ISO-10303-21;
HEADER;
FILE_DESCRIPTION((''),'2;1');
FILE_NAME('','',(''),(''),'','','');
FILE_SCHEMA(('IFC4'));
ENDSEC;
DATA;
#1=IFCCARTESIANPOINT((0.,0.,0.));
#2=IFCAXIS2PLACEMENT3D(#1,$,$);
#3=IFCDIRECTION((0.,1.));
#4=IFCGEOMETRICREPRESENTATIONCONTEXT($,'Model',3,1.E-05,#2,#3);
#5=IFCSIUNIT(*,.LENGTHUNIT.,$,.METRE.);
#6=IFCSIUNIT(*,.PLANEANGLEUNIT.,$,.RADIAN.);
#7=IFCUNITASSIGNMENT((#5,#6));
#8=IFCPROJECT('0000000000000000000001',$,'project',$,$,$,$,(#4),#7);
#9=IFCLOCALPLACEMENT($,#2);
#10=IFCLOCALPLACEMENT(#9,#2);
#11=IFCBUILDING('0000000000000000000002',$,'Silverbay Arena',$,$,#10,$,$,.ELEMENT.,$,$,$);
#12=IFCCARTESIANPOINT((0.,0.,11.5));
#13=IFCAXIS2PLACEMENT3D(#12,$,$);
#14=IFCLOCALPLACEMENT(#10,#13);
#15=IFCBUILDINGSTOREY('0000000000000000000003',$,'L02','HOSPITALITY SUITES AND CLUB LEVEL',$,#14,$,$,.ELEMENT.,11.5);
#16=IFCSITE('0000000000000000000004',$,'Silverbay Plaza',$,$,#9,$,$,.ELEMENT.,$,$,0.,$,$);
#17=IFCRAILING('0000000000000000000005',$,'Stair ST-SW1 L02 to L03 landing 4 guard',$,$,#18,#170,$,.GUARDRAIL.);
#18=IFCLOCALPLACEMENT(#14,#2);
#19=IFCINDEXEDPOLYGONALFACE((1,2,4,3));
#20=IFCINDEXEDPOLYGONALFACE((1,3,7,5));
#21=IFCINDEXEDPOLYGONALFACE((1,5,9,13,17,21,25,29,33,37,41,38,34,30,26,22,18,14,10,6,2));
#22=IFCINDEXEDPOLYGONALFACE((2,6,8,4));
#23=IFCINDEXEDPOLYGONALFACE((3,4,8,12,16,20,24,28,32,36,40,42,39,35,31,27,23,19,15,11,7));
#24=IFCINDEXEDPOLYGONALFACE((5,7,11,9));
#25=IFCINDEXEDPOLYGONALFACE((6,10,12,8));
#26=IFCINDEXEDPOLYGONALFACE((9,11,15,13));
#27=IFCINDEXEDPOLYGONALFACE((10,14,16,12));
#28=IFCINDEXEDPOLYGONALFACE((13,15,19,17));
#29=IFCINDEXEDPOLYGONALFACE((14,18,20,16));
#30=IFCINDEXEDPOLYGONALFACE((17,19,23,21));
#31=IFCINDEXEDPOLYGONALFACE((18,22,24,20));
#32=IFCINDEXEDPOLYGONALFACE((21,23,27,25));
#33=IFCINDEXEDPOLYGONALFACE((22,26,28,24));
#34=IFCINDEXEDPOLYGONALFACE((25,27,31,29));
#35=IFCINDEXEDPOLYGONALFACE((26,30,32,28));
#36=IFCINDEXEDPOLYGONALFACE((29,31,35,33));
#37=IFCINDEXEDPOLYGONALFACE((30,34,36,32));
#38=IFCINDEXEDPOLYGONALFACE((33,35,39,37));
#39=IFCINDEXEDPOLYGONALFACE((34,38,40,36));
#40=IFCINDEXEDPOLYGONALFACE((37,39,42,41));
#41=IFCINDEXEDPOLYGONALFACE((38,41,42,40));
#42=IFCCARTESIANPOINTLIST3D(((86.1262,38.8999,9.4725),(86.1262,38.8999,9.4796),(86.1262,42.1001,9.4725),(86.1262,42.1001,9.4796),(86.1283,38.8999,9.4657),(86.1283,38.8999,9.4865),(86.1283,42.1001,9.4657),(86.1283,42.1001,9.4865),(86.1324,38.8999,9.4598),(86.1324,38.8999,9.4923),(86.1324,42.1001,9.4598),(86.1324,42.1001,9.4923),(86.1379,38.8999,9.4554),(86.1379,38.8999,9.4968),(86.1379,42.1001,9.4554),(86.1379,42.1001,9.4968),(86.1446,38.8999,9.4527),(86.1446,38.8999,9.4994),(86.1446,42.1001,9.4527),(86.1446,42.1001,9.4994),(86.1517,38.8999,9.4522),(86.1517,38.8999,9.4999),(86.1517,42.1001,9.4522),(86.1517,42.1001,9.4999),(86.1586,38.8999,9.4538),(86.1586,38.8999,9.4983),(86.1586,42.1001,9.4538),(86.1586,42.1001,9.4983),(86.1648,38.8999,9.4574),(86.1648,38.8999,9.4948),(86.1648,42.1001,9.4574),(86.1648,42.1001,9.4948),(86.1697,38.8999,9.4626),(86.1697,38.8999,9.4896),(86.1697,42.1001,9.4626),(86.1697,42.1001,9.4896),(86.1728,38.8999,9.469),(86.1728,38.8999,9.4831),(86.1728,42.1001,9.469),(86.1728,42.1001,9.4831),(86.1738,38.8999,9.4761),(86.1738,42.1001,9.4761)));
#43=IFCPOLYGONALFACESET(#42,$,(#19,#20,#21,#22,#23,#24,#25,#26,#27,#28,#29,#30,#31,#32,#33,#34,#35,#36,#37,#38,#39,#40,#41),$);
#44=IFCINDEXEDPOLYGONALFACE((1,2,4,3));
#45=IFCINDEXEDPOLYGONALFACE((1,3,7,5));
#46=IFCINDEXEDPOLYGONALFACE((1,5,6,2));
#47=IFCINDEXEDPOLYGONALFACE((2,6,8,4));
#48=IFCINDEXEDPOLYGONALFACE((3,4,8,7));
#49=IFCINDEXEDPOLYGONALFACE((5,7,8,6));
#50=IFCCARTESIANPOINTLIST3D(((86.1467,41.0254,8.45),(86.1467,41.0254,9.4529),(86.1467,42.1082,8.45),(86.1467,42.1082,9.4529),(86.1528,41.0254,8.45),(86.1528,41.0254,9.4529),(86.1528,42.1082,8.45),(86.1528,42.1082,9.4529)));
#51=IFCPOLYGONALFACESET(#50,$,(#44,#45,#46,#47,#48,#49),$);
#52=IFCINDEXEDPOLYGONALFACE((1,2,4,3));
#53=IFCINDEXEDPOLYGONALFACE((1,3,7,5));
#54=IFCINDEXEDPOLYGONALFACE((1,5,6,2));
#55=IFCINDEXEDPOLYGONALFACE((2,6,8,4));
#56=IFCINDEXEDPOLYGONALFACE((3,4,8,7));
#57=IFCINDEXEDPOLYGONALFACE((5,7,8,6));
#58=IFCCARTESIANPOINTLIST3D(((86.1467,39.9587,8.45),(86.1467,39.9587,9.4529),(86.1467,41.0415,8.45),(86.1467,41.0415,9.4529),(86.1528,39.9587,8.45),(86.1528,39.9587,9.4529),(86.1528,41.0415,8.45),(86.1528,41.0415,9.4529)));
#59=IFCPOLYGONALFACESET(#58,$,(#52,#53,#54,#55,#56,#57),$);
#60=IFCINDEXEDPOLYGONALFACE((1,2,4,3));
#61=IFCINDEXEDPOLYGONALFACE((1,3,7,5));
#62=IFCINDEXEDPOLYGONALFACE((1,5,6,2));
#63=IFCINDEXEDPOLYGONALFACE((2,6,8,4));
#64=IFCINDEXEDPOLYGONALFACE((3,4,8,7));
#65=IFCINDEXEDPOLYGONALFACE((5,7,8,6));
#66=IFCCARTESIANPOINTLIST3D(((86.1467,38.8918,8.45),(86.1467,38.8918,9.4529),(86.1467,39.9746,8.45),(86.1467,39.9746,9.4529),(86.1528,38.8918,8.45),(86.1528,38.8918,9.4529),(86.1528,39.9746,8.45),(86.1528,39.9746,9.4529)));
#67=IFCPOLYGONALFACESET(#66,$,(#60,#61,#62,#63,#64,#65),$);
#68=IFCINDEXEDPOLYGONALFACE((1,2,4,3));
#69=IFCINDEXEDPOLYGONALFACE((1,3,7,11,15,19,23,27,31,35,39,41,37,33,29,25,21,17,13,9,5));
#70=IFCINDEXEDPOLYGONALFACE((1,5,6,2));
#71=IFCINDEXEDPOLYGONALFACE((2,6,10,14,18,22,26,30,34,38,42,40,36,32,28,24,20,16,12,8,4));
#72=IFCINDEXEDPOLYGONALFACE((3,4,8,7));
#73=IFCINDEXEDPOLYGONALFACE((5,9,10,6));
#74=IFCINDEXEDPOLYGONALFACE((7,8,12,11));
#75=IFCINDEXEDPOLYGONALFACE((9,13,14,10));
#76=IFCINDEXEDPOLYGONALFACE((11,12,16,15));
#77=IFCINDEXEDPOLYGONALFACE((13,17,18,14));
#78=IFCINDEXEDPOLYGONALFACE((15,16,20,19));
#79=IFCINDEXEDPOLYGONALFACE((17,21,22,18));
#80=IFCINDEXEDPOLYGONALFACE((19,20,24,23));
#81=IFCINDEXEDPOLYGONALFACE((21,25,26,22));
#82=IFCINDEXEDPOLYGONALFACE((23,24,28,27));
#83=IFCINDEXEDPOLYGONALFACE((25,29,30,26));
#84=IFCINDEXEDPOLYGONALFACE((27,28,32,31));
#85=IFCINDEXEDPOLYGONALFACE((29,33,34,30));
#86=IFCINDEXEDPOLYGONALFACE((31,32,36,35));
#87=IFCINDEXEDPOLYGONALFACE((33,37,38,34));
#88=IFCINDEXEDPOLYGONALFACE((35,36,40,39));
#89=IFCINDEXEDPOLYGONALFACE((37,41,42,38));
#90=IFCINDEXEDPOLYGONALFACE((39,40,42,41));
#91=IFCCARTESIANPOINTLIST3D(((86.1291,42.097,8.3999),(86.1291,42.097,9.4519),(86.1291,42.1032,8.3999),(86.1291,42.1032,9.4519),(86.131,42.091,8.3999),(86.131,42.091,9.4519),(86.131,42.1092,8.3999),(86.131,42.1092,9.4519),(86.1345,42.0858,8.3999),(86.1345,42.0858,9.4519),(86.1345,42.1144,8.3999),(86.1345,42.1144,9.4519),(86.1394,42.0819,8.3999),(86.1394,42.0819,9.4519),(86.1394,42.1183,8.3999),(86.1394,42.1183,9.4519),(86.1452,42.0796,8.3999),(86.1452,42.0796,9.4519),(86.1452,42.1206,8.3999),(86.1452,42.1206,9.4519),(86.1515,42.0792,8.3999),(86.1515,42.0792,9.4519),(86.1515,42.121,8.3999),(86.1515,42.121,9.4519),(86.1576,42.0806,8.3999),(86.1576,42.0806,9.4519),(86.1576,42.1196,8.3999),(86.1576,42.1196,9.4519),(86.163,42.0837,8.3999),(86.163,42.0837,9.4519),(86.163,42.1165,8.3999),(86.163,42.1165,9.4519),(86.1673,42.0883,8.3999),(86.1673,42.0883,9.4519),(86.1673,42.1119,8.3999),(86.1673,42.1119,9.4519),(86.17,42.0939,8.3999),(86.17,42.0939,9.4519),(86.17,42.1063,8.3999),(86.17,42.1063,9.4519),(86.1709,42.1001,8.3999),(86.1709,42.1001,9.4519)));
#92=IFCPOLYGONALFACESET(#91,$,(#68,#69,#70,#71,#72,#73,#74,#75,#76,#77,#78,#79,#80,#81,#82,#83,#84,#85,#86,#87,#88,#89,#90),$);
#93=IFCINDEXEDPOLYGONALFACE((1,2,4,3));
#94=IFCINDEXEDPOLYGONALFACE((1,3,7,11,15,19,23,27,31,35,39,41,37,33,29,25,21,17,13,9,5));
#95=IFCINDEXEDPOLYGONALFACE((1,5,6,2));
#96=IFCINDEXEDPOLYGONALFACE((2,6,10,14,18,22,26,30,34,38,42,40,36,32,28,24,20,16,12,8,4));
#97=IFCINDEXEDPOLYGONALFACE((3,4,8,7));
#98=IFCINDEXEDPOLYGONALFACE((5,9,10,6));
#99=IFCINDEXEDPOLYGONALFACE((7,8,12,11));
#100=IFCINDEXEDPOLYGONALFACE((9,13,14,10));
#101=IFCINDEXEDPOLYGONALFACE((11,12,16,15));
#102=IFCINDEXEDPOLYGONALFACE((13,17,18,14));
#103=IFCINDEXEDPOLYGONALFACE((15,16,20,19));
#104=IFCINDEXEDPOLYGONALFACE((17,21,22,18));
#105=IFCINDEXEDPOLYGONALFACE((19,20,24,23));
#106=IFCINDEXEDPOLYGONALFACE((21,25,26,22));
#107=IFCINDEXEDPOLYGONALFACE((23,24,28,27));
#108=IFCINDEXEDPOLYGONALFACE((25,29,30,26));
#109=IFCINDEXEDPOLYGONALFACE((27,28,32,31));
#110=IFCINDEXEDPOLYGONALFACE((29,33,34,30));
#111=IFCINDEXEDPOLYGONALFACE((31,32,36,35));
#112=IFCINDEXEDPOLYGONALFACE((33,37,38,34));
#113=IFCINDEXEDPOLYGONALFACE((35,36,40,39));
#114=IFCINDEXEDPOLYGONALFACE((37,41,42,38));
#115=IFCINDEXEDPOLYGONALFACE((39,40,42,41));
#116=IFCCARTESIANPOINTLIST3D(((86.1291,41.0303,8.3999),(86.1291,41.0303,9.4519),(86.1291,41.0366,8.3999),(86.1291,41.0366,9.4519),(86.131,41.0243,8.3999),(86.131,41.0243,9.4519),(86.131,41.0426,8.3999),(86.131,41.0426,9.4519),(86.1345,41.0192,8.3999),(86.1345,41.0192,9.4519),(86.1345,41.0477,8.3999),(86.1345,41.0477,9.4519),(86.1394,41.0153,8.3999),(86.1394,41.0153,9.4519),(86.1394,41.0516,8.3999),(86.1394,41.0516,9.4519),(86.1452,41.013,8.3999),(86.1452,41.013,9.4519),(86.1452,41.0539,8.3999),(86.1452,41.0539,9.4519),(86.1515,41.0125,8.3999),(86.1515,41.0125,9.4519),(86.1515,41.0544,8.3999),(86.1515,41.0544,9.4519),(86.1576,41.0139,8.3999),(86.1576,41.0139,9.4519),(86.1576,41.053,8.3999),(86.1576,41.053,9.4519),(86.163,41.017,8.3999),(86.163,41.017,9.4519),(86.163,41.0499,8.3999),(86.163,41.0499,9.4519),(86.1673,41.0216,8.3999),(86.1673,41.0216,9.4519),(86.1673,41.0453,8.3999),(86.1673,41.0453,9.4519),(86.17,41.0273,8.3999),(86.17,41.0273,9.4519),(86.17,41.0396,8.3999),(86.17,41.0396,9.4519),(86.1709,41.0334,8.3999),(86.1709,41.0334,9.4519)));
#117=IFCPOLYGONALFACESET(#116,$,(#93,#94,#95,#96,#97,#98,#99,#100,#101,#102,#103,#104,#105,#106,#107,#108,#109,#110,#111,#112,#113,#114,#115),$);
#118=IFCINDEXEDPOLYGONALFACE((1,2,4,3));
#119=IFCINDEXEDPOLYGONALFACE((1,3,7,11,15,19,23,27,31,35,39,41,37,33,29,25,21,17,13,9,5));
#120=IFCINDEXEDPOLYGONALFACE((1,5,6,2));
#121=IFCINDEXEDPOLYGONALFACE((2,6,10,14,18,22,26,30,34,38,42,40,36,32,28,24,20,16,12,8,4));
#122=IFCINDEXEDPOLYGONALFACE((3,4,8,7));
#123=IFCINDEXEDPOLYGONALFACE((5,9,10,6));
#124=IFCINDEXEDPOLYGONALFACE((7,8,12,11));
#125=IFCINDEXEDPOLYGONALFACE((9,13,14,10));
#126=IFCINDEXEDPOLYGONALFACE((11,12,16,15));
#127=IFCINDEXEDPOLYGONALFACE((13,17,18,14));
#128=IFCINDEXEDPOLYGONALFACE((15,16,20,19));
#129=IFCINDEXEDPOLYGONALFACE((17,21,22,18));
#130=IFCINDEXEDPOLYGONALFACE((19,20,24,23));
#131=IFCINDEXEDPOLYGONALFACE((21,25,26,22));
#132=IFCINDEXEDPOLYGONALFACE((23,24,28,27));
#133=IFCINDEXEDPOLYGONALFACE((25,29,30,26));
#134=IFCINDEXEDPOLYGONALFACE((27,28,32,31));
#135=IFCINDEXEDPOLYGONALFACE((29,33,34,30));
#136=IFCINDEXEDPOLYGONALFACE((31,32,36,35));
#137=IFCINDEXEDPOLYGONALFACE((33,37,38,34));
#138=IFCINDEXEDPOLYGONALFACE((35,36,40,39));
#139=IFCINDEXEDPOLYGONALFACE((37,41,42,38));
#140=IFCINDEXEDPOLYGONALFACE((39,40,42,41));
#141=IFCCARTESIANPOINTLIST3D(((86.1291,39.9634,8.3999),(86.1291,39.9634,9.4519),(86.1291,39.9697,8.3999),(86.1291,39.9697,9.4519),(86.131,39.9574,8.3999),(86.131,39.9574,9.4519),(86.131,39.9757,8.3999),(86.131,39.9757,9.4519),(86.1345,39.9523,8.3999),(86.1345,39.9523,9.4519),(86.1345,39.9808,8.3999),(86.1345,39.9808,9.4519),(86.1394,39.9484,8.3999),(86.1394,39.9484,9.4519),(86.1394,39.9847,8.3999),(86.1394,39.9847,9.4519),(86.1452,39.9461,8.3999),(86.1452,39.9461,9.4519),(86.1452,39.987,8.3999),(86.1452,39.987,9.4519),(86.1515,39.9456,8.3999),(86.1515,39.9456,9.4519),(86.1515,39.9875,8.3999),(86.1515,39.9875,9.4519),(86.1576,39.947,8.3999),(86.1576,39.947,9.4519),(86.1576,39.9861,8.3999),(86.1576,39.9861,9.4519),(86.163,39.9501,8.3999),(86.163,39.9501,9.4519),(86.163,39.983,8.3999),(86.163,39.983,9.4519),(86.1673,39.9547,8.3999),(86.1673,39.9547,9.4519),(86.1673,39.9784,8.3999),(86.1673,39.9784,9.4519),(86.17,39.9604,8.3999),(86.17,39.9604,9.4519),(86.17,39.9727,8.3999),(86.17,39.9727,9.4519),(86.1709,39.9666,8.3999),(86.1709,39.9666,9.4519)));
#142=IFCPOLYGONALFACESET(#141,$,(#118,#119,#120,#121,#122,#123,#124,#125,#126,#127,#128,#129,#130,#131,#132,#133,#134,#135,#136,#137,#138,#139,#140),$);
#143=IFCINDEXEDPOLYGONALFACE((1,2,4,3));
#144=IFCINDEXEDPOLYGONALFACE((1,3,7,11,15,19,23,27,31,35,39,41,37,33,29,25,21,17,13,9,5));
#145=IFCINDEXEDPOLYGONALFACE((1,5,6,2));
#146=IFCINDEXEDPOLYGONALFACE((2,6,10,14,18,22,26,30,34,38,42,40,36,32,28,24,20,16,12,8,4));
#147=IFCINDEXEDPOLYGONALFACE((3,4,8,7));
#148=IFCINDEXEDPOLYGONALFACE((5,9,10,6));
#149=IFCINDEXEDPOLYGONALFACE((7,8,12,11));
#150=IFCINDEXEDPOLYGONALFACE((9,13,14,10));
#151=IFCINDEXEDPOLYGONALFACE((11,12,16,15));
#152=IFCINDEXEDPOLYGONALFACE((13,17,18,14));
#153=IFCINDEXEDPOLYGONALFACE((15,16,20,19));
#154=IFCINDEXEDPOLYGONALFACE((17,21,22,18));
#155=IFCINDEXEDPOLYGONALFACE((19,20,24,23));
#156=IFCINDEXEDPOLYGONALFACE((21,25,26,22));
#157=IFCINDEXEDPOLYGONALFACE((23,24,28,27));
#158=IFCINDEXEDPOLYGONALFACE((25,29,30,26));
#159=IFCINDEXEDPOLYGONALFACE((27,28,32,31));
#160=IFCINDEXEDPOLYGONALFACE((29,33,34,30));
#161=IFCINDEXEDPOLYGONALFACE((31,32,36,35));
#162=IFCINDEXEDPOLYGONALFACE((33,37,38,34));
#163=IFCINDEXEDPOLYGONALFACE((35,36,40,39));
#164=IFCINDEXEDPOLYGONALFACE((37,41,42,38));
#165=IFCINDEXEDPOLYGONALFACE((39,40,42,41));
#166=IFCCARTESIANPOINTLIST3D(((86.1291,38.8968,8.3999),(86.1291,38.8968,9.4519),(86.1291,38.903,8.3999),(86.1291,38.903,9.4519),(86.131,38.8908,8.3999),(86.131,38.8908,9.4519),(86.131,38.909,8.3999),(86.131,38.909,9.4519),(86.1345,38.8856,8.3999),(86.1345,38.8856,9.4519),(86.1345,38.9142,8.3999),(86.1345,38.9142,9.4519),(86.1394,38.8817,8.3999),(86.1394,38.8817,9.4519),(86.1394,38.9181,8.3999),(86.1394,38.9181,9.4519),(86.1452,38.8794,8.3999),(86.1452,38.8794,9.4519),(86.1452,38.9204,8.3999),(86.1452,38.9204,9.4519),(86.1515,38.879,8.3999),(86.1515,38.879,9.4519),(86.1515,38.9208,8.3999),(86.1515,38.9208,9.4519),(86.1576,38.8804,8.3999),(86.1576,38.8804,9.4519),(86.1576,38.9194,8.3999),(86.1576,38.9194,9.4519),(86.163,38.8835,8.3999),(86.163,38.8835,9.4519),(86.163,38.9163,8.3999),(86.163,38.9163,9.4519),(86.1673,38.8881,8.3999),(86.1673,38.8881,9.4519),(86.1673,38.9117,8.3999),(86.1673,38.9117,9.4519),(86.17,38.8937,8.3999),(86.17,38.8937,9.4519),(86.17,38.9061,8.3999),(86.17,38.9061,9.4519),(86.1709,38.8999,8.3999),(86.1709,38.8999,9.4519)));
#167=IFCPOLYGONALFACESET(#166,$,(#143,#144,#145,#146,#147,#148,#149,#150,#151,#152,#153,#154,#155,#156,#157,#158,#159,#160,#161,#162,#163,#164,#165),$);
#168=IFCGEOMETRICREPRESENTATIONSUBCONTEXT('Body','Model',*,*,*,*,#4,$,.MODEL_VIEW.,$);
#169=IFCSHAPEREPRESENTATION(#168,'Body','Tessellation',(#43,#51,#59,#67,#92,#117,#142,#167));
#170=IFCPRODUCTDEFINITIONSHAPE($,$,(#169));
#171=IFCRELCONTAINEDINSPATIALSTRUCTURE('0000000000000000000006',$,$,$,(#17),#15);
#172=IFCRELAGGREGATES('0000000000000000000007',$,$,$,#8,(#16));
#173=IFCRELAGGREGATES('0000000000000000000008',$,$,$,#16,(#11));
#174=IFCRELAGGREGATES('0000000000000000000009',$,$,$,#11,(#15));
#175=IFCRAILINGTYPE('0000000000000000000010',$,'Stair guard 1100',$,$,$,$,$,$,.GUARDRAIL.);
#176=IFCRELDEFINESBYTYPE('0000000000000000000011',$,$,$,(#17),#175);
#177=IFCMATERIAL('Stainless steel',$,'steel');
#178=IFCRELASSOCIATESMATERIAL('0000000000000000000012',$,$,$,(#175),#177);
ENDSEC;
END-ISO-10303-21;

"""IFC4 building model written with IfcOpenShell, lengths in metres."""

from ifc_helpers import new_model, si_unit, direction, frame, origin, origin_2d, place, context, subcontext, project, spatial, polyline, circle, outline, extrude, material, type_object, element, save


model = new_model("IFC4")

# Units and contexts
model_context = context("Model", 3, precision=1e-05, world=origin(), true_north=direction((0.0, 1.0)))
body_context = subcontext(model_context, "Body", "Model", "MODEL_VIEW")
ifc_project = project(units=[si_unit("LENGTHUNIT", "METRE"), si_unit("PLANEANGLEUNIT", "RADIAN")], contexts=[model_context])

# Site, building, storey
site_placement = place(None, origin())
site = spatial("IfcSite", under=ifc_project, at=site_placement, Name="Silverbay Plaza", CompositionType="ELEMENT", RefElevation=0.0)
building_placement = place(site_placement, origin())
building = spatial("IfcBuilding", under=site, at=building_placement, Name="Silverbay Arena", CompositionType="ELEMENT")
storey_placement = place(building_placement, frame((0.0, 0.0, 11.5)))
storey = spatial("IfcBuildingStorey", under=building, at=storey_placement, Name="L02", Description="HOSPITALITY SUITES AND CLUB LEVEL", CompositionType="ELEMENT", Elevation=11.5)

# Railing
ifc_material_1 = material(Name="Stainless steel", Category="steel")
railing_type_1 = type_object("IfcRailingType", Name="Stair guard 1100", PredefinedType="GUARDRAIL", material=ifc_material_1)
for number, where, name in (
    (1, (86.1499, 42.1001, 8.3999), "Stair ST-SW1 L02 to L03 landing 4 guard"),
):
    element("IfcRailing", number, at=place(storey_placement, frame(where)), inside=storey, type_object=railing_type_1, Name=name, PredefinedType="GUARDRAIL", context=body_context, shape_type="SweptSolid", body=[
        extrude(circle(Radius=0.0239, at=origin_2d()), frame((0.0, 0.0, 1.0762), z_axis=(0.0, -1.0, 0.0), x_axis=(1.0, 0.0, 0.0)), (0.0, 0.0, 1.0), 3.2002),
        extrude(outline(polyline([(-0.0081, 0.05), (1.0747, 0.05), (1.0747, 1.053), (-0.0081, 1.053), (-0.0081, 0.05)])), frame((0.0029, 0.0, 0.0), z_axis=(-1.0, 0.0, 0.0), x_axis=(0.0, -1.0, 0.0)), (0.0, 0.0, 1.0), 0.0061),
        extrude(outline(polyline([(-0.0081, 0.05), (1.0747, 0.05), (1.0747, 1.053), (-0.0081, 1.053), (-0.0081, 0.05)])), frame((0.0029, -1.0667, 0.0), z_axis=(-1.0, 0.0, 0.0), x_axis=(0.0, -1.0, 0.0)), (0.0, 0.0, 1.0), 0.0061),
        extrude(outline(polyline([(-0.0081, 0.05), (1.0747, 0.05), (1.0747, 1.053), (-0.0081, 1.053), (-0.0081, 0.05)])), frame((0.0029, -2.1335, 0.0), z_axis=(-1.0, 0.0, 0.0), x_axis=(0.0, -1.0, 0.0)), (0.0, 0.0, 1.0), 0.0061),
        extrude(circle(Radius=0.021, at=origin_2d()), origin(), (0.0, 0.0, 1.0), 1.052),
        extrude(circle(Radius=0.021, at=origin_2d()), frame((0.0, -1.0667, 0.0)), (0.0, 0.0, 1.0), 1.052),
        extrude(circle(Radius=0.021, at=origin_2d()), frame((0.0, -2.1335, 0.0)), (0.0, 0.0, 1.0), 1.052),
        extrude(circle(Radius=0.021, at=origin_2d()), frame((0.0, -3.2002, 0.0)), (0.0, 0.0, 1.0), 1.052),
    ])

save(model, "model.ifc")
